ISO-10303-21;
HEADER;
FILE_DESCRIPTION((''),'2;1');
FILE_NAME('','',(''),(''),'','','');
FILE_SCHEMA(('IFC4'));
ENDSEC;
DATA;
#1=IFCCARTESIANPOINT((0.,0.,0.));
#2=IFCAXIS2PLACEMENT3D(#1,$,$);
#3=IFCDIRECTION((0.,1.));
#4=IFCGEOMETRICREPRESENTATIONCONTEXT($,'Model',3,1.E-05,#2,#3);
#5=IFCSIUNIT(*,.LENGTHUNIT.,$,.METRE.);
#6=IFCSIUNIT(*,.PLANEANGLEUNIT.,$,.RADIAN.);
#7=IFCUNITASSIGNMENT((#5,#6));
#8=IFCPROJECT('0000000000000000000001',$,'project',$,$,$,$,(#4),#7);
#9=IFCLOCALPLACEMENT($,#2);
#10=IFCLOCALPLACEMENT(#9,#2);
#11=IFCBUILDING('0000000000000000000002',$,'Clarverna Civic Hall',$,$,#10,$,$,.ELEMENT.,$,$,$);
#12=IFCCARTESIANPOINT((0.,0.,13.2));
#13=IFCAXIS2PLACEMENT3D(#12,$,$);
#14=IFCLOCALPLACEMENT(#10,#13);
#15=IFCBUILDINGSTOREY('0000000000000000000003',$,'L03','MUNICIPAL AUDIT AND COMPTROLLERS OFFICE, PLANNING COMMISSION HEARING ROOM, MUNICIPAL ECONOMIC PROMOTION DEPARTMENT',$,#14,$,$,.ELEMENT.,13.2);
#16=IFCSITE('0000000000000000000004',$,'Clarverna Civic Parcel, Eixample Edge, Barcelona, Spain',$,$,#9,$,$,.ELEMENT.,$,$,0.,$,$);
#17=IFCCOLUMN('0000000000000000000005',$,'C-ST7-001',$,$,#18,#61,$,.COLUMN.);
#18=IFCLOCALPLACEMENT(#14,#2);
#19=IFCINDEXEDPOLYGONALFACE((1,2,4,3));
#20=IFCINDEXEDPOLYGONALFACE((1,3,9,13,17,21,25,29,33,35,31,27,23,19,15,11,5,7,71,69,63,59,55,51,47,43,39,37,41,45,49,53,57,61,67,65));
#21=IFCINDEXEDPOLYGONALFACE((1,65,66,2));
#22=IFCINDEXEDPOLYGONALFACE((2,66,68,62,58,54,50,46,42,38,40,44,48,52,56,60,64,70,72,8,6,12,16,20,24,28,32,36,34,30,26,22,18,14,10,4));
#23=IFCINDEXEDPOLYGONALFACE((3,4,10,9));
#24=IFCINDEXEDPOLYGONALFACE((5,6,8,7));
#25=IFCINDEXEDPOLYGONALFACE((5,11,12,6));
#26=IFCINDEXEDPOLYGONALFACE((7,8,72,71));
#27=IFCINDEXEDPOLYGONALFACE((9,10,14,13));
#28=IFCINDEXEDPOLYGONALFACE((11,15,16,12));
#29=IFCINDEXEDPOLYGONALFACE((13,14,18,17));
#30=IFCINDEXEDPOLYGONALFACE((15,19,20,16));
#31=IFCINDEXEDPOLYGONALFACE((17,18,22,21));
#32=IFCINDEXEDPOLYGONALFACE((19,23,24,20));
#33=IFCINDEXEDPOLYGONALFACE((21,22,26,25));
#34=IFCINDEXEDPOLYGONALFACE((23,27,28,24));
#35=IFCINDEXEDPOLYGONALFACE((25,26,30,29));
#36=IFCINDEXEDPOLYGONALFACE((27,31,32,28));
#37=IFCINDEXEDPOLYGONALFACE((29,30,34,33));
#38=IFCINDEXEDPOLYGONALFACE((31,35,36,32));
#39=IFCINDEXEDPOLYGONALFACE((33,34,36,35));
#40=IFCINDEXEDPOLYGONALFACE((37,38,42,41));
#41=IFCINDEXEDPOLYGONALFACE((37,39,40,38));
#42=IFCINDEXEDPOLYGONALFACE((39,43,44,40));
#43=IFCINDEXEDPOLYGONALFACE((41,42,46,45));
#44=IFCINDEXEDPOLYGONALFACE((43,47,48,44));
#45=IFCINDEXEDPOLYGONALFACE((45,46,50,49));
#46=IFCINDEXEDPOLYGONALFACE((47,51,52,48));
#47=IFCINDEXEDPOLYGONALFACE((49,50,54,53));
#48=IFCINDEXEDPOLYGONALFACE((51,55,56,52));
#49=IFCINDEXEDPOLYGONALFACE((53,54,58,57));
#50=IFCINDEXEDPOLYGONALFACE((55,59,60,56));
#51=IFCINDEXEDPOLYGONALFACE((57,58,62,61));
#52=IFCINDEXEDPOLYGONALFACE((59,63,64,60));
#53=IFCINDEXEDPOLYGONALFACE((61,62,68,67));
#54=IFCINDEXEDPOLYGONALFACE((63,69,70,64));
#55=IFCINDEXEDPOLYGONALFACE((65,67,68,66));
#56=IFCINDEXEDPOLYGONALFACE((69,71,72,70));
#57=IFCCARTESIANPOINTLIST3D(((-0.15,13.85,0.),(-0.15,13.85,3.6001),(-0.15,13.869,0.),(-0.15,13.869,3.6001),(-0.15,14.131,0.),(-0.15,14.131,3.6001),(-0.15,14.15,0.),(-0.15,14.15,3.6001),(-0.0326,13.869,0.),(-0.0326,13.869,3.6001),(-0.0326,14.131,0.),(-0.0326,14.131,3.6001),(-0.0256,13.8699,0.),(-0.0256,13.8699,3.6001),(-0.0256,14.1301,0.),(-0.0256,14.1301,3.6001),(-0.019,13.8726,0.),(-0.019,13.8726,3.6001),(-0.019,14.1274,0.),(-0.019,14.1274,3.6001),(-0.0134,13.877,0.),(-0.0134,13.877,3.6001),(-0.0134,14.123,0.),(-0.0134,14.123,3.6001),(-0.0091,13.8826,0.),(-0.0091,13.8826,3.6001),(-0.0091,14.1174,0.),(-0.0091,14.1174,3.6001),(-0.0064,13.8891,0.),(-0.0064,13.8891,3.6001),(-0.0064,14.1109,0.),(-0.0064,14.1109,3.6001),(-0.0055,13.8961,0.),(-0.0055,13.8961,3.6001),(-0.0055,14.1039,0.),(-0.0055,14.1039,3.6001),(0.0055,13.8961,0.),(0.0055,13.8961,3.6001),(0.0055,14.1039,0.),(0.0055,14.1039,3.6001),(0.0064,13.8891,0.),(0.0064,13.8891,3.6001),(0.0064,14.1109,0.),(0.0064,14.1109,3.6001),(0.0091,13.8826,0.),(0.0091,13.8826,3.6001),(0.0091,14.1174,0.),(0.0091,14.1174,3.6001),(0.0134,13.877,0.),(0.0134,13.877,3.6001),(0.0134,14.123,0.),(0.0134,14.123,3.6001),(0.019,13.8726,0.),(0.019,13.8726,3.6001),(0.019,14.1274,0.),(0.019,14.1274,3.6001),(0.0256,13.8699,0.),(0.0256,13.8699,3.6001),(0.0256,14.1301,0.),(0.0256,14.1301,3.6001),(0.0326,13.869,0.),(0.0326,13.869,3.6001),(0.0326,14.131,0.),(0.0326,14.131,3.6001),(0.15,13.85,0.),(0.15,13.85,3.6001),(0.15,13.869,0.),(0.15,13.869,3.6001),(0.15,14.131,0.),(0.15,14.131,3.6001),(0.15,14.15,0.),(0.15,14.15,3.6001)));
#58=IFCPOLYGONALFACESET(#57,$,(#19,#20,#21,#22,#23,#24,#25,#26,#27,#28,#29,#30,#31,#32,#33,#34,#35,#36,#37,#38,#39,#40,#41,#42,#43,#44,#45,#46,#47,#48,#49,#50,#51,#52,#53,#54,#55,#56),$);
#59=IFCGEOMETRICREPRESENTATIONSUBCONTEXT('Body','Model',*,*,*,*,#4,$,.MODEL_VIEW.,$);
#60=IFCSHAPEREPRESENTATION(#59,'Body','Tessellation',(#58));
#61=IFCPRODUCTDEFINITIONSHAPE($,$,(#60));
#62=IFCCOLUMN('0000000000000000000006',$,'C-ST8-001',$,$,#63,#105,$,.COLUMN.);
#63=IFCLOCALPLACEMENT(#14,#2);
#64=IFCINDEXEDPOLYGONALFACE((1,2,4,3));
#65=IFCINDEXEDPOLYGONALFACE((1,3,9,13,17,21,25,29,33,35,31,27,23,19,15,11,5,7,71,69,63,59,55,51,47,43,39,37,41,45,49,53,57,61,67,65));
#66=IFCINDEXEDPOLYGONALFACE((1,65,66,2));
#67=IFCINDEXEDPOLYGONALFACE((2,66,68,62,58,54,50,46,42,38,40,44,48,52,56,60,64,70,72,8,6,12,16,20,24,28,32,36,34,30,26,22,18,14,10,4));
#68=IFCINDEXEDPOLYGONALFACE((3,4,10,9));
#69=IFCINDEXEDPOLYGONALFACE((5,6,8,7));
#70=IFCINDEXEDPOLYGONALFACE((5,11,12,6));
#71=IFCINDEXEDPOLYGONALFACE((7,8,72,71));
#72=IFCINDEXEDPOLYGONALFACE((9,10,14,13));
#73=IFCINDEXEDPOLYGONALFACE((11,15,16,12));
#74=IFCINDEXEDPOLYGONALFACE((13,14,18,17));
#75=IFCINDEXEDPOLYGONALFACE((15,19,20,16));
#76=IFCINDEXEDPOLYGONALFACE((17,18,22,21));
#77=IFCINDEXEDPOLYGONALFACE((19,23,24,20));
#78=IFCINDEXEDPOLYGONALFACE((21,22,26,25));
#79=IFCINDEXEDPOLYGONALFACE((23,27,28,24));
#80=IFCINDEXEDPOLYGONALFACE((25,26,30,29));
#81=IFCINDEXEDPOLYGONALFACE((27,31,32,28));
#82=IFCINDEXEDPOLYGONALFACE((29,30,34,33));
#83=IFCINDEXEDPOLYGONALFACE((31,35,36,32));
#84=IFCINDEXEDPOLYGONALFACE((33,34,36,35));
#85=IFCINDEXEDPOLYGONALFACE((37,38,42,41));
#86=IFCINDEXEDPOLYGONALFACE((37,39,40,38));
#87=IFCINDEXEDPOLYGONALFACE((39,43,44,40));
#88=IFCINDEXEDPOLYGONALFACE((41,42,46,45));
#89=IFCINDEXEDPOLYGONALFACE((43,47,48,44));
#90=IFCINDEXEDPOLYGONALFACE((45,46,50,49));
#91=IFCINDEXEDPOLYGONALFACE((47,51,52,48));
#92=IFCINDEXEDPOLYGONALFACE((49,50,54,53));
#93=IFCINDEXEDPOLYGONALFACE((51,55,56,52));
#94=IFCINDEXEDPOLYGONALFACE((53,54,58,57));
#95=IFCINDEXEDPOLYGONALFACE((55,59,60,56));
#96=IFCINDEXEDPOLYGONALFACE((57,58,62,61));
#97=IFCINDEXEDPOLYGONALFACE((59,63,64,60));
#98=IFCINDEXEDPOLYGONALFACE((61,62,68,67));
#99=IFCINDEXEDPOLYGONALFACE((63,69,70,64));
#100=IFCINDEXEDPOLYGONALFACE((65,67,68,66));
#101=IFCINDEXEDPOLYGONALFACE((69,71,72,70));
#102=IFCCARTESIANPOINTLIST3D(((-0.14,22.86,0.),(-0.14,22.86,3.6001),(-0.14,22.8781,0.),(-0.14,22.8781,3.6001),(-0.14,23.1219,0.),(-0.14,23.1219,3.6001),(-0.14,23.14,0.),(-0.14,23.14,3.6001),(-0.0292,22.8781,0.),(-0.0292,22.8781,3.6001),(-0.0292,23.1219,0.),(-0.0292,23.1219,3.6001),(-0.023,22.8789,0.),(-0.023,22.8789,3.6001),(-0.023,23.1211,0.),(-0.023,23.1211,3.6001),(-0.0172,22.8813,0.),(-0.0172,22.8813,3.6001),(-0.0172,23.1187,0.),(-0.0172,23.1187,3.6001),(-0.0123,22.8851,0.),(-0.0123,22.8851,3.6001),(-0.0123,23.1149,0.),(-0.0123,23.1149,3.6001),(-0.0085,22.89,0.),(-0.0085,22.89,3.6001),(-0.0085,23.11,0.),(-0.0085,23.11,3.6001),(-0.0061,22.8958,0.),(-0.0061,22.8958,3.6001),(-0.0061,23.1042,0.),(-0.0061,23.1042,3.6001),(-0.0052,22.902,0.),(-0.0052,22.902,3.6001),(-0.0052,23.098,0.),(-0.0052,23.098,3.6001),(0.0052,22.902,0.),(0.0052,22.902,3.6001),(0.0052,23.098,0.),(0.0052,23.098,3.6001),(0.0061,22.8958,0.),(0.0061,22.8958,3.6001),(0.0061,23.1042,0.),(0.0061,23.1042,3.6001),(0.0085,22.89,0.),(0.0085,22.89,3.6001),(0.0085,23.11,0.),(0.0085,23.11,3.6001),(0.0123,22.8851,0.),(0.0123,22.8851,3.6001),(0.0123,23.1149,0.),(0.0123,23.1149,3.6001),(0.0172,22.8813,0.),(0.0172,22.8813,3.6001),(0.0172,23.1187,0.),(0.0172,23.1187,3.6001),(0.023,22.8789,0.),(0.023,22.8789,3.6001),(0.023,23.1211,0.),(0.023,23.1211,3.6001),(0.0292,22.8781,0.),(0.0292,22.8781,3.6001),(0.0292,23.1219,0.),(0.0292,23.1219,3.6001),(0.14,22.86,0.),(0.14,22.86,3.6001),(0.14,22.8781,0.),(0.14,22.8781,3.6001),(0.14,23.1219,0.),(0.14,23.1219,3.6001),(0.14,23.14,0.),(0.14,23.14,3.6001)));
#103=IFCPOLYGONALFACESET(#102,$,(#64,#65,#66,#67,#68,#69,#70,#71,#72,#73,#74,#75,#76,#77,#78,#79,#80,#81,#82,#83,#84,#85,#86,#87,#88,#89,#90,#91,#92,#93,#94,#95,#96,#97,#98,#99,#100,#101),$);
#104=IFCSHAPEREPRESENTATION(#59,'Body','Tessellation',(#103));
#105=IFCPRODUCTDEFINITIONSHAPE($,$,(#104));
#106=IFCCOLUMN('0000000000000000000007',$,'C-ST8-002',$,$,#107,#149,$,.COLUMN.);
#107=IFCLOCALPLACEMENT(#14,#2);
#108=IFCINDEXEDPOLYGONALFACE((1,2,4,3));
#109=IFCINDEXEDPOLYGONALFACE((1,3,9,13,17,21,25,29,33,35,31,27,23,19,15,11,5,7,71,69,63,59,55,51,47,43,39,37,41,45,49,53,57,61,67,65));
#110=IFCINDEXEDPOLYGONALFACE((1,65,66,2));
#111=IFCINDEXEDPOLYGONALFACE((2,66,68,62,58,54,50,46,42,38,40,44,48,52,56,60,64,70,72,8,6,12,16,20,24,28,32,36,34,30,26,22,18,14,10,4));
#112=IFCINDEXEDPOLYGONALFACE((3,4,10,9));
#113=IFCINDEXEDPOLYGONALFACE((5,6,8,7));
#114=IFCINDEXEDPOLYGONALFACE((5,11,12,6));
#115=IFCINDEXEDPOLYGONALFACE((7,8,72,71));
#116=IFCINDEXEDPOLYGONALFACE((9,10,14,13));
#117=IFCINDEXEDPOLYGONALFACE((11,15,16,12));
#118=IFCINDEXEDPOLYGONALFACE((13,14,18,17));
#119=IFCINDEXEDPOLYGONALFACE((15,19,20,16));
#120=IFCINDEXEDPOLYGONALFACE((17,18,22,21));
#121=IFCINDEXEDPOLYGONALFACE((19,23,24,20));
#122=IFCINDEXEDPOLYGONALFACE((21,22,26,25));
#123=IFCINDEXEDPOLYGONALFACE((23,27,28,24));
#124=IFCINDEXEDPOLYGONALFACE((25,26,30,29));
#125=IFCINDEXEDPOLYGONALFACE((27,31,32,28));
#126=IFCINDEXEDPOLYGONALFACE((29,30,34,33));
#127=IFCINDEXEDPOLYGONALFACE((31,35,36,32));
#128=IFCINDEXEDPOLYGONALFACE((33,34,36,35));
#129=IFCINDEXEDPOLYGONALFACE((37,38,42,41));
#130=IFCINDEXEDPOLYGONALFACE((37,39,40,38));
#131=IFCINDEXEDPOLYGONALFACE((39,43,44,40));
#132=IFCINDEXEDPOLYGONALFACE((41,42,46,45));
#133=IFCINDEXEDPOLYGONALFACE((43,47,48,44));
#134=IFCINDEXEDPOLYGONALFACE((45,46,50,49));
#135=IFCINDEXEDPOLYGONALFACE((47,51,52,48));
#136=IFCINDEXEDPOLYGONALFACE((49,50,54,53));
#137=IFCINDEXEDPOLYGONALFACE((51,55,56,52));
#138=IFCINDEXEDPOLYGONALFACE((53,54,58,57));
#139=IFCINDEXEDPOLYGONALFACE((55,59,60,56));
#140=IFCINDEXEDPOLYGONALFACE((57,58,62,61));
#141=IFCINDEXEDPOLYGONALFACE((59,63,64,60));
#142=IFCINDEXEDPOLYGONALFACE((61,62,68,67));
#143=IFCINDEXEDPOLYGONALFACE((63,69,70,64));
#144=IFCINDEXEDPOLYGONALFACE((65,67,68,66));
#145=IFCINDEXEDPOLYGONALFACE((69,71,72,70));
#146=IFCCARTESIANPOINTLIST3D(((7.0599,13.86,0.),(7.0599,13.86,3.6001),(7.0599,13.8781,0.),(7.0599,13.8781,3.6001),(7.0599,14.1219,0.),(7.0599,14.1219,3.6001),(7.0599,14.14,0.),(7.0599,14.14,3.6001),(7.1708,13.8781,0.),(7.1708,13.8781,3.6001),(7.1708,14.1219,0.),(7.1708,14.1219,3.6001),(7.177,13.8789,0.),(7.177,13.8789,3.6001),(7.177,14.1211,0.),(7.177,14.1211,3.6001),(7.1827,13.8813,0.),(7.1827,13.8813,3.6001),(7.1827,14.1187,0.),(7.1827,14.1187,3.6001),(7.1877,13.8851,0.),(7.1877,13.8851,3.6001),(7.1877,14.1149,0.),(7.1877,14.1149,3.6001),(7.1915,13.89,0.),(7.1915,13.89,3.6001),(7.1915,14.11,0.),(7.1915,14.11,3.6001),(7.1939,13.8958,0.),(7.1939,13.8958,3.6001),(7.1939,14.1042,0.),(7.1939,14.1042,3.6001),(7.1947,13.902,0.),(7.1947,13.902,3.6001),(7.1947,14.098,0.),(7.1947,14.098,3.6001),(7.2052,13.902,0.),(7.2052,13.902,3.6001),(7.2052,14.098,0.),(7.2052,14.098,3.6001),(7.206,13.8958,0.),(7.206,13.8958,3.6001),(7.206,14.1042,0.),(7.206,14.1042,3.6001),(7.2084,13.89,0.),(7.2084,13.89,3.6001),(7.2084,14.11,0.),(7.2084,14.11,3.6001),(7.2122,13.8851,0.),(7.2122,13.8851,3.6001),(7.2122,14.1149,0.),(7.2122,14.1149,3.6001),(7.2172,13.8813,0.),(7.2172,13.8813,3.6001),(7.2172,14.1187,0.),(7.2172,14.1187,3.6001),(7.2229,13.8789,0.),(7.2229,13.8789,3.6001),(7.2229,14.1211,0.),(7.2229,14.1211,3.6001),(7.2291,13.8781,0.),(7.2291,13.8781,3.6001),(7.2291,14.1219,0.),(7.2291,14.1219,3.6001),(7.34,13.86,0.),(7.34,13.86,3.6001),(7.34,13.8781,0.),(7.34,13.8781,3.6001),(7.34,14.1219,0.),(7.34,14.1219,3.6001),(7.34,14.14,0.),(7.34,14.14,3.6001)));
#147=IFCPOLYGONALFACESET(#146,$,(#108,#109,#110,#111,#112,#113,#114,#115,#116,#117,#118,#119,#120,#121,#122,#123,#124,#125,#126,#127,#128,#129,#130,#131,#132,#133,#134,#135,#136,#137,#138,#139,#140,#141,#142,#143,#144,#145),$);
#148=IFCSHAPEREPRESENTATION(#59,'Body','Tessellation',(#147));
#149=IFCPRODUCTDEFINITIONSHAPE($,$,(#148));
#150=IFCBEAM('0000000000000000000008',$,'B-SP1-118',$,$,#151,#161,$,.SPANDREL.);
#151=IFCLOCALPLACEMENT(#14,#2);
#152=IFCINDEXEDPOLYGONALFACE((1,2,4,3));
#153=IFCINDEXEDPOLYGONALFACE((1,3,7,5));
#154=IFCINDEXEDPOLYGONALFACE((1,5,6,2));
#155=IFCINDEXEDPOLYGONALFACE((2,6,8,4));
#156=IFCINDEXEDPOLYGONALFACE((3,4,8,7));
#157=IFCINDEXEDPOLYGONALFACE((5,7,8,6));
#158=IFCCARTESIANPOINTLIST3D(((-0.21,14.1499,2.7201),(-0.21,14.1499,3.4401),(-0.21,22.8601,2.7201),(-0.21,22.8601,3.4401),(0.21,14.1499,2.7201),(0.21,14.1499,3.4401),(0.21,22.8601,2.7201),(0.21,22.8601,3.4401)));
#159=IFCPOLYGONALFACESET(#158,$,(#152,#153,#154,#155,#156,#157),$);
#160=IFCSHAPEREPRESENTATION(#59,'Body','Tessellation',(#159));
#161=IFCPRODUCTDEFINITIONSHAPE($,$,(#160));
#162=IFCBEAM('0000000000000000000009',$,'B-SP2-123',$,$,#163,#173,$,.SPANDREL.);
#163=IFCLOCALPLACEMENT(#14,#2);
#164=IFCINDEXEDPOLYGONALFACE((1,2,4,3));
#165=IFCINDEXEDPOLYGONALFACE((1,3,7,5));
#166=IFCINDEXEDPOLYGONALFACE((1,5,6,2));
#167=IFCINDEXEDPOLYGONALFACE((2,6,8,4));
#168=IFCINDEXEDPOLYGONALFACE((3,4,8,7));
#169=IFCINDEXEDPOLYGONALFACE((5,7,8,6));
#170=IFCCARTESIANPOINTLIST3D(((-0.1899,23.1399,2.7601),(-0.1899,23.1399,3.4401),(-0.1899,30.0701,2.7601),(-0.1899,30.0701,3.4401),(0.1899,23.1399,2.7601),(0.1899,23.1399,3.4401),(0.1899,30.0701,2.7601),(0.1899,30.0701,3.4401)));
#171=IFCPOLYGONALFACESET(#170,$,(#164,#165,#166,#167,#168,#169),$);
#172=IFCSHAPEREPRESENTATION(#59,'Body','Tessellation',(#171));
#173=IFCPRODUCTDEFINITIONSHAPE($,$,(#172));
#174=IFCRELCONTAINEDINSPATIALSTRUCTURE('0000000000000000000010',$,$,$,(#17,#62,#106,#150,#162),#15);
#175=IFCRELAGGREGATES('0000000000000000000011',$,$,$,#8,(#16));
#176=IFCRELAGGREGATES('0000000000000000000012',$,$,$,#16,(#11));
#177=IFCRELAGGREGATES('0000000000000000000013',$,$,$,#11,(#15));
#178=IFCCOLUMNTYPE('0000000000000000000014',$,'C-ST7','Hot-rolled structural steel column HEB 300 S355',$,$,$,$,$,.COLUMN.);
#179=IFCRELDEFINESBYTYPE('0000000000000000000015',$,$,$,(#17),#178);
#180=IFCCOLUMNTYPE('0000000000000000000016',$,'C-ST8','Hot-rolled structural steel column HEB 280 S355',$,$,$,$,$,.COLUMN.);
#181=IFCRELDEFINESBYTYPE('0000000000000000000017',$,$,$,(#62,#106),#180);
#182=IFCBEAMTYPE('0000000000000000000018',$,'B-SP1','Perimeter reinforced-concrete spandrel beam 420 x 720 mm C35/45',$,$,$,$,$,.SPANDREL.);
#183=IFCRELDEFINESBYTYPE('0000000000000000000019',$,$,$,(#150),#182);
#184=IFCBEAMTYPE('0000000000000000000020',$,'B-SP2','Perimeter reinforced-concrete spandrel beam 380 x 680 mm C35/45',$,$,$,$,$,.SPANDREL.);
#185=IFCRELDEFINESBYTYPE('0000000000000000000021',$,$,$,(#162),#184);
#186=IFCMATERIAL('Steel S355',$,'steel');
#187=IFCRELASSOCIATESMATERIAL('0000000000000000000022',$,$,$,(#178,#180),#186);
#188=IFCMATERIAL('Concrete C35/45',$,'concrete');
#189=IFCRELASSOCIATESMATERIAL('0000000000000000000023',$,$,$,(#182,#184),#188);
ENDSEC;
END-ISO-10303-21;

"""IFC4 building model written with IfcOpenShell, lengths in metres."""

from ifc_helpers import new_model, si_unit, direction, frame, origin, origin_2d, place, context, subcontext, project, spatial, rectangle, i_section, extrude, material, material_profile, profile_set, type_object, element, save


model = new_model("IFC4")

# Units and contexts
model_context = context("Model", 3, precision=1e-05, world=origin(), true_north=direction((0.0, 1.0)))
body_context = subcontext(model_context, "Body", "Model", "MODEL_VIEW")
ifc_project = project(units=[si_unit("LENGTHUNIT", "METRE"), si_unit("PLANEANGLEUNIT", "RADIAN")], contexts=[model_context])

# Site, building, storey
site_placement = place(None, origin())
site = spatial("IfcSite", under=ifc_project, at=site_placement, Name="Clarverna Civic Parcel, Eixample Edge, Barcelona, Spain", CompositionType="ELEMENT", RefElevation=0.0)
building_placement = place(site_placement, origin())
building = spatial("IfcBuilding", under=site, at=building_placement, Name="Clarverna Civic Hall", CompositionType="ELEMENT")
storey_placement = place(building_placement, frame((0.0, 0.0, 13.2)))
storey = spatial("IfcBuildingStorey", under=building, at=storey_placement, Name="L03", Description="MUNICIPAL AUDIT AND COMPTROLLERS OFFICE, PLANNING COMMISSION HEARING ROOM, MUNICIPAL ECONOMIC PROMOTION DEPARTMENT", CompositionType="ELEMENT", Elevation=13.2)

# Columns
ifc_material_1 = material(Name="Steel S355", Category="steel")
ifc_material_profile_1 = material_profile(ifc_material_1, i_section(OverallWidth=0.3, OverallDepth=0.3, WebThickness=0.011, FlangeThickness=0.019, FilletRadius=0.0271, at=origin_2d()), Name="HEB 300")
ifc_profile_set_1 = profile_set([ifc_material_profile_1], Name="Steel S355")
column_type_1 = type_object("IfcColumnType", Name="C-ST7", Description="Hot-rolled structural steel column HEB 300 S355", PredefinedType="COLUMN", material=ifc_profile_set_1)
column_placement = place(storey_placement, frame((0.0, 14.0, 0.0), z_axis=(0.0, 0.0, 1.0), x_axis=(1.0, 0.0, 0.0)))
element("IfcColumn", 1, at=column_placement, inside=storey, type_object=column_type_1, Name="C-ST7-001", PredefinedType="COLUMN", context=body_context, shape_type="SweptSolid", body=[
    extrude(i_section(OverallWidth=0.3, OverallDepth=0.3, WebThickness=0.011, FlangeThickness=0.019, FilletRadius=0.0271, at=origin_2d()), origin(), (0.0, 0.0, 1.0), 3.6001),
])
ifc_material_profile_2 = material_profile(ifc_material_1, i_section(OverallWidth=0.28, OverallDepth=0.28, WebThickness=0.0105, FlangeThickness=0.0181, FilletRadius=0.0239, at=origin_2d()), Name="HEB 280")
ifc_profile_set_2 = profile_set([ifc_material_profile_2], Name="Steel S355")
column_type_2 = type_object("IfcColumnType", Name="C-ST8", Description="Hot-rolled structural steel column HEB 280 S355", PredefinedType="COLUMN", material=ifc_profile_set_2)
for number, where, z_axis, x_axis, name in (
    (2, (0.0, 23.0, 0.0), (0.0, 0.0, 1.0), (1.0, 0.0, 0.0), "C-ST8-001"),
    (3, (7.2, 14.0, 0.0), (0.0, 0.0, 1.0), (1.0, 0.0, 0.0), "C-ST8-002"),
):
    element("IfcColumn", number, at=place(storey_placement, frame(where, z_axis=z_axis, x_axis=x_axis)), inside=storey, type_object=column_type_2, Name=name, PredefinedType="COLUMN", context=body_context, shape_type="SweptSolid", body=[
        extrude(i_section(OverallWidth=0.28, OverallDepth=0.28, WebThickness=0.0105, FlangeThickness=0.0181, FilletRadius=0.0239, at=origin_2d()), origin(), (0.0, 0.0, 1.0), 3.6001),
    ])

# Beams
ifc_material_2 = material(Name="Concrete C35/45", Category="concrete")
ifc_material_profile_3 = material_profile(ifc_material_2, rectangle(XDim=0.4199, YDim=0.72, at=origin_2d()), Name="RC 420x720")
ifc_profile_set_3 = profile_set([ifc_material_profile_3], Name="Concrete C35/45")
beam_type_1 = type_object("IfcBeamType", Name="B-SP1", Description="Perimeter reinforced-concrete spandrel beam 420 x 720 mm C35/45", PredefinedType="SPANDREL", material=ifc_profile_set_3)
beam_1_placement = place(storey_placement, frame((0.0, 14.1499, 3.0801), z_axis=(0.0, 1.0, 0.0), x_axis=(-1.0, 0.0, 0.0)))
element("IfcBeam", 4, at=beam_1_placement, inside=storey, type_object=beam_type_1, Name="B-SP1-118", PredefinedType="SPANDREL", context=body_context, shape_type="SweptSolid", body=[
    extrude(rectangle(XDim=0.4199, YDim=0.72, at=origin_2d()), origin(), (0.0, 0.0, 1.0), 8.7102),
])
ifc_material_profile_4 = material_profile(ifc_material_2, rectangle(XDim=0.3799, YDim=0.6799, at=origin_2d()), Name="RC 380x680")
ifc_profile_set_4 = profile_set([ifc_material_profile_4], Name="Concrete C35/45")
beam_type_2 = type_object("IfcBeamType", Name="B-SP2", Description="Perimeter reinforced-concrete spandrel beam 380 x 680 mm C35/45", PredefinedType="SPANDREL", material=ifc_profile_set_4)
beam_2_placement = place(storey_placement, frame((0.0, 23.1399, 3.1001), z_axis=(0.0, 1.0, 0.0), x_axis=(-1.0, 0.0, 0.0)))
element("IfcBeam", 5, at=beam_2_placement, inside=storey, type_object=beam_type_2, Name="B-SP2-123", PredefinedType="SPANDREL", context=body_context, shape_type="SweptSolid", body=[
    extrude(rectangle(XDim=0.3799, YDim=0.6799, at=origin_2d()), origin(), (0.0, 0.0, 1.0), 6.9302),
])

save(model, "model.ifc")
